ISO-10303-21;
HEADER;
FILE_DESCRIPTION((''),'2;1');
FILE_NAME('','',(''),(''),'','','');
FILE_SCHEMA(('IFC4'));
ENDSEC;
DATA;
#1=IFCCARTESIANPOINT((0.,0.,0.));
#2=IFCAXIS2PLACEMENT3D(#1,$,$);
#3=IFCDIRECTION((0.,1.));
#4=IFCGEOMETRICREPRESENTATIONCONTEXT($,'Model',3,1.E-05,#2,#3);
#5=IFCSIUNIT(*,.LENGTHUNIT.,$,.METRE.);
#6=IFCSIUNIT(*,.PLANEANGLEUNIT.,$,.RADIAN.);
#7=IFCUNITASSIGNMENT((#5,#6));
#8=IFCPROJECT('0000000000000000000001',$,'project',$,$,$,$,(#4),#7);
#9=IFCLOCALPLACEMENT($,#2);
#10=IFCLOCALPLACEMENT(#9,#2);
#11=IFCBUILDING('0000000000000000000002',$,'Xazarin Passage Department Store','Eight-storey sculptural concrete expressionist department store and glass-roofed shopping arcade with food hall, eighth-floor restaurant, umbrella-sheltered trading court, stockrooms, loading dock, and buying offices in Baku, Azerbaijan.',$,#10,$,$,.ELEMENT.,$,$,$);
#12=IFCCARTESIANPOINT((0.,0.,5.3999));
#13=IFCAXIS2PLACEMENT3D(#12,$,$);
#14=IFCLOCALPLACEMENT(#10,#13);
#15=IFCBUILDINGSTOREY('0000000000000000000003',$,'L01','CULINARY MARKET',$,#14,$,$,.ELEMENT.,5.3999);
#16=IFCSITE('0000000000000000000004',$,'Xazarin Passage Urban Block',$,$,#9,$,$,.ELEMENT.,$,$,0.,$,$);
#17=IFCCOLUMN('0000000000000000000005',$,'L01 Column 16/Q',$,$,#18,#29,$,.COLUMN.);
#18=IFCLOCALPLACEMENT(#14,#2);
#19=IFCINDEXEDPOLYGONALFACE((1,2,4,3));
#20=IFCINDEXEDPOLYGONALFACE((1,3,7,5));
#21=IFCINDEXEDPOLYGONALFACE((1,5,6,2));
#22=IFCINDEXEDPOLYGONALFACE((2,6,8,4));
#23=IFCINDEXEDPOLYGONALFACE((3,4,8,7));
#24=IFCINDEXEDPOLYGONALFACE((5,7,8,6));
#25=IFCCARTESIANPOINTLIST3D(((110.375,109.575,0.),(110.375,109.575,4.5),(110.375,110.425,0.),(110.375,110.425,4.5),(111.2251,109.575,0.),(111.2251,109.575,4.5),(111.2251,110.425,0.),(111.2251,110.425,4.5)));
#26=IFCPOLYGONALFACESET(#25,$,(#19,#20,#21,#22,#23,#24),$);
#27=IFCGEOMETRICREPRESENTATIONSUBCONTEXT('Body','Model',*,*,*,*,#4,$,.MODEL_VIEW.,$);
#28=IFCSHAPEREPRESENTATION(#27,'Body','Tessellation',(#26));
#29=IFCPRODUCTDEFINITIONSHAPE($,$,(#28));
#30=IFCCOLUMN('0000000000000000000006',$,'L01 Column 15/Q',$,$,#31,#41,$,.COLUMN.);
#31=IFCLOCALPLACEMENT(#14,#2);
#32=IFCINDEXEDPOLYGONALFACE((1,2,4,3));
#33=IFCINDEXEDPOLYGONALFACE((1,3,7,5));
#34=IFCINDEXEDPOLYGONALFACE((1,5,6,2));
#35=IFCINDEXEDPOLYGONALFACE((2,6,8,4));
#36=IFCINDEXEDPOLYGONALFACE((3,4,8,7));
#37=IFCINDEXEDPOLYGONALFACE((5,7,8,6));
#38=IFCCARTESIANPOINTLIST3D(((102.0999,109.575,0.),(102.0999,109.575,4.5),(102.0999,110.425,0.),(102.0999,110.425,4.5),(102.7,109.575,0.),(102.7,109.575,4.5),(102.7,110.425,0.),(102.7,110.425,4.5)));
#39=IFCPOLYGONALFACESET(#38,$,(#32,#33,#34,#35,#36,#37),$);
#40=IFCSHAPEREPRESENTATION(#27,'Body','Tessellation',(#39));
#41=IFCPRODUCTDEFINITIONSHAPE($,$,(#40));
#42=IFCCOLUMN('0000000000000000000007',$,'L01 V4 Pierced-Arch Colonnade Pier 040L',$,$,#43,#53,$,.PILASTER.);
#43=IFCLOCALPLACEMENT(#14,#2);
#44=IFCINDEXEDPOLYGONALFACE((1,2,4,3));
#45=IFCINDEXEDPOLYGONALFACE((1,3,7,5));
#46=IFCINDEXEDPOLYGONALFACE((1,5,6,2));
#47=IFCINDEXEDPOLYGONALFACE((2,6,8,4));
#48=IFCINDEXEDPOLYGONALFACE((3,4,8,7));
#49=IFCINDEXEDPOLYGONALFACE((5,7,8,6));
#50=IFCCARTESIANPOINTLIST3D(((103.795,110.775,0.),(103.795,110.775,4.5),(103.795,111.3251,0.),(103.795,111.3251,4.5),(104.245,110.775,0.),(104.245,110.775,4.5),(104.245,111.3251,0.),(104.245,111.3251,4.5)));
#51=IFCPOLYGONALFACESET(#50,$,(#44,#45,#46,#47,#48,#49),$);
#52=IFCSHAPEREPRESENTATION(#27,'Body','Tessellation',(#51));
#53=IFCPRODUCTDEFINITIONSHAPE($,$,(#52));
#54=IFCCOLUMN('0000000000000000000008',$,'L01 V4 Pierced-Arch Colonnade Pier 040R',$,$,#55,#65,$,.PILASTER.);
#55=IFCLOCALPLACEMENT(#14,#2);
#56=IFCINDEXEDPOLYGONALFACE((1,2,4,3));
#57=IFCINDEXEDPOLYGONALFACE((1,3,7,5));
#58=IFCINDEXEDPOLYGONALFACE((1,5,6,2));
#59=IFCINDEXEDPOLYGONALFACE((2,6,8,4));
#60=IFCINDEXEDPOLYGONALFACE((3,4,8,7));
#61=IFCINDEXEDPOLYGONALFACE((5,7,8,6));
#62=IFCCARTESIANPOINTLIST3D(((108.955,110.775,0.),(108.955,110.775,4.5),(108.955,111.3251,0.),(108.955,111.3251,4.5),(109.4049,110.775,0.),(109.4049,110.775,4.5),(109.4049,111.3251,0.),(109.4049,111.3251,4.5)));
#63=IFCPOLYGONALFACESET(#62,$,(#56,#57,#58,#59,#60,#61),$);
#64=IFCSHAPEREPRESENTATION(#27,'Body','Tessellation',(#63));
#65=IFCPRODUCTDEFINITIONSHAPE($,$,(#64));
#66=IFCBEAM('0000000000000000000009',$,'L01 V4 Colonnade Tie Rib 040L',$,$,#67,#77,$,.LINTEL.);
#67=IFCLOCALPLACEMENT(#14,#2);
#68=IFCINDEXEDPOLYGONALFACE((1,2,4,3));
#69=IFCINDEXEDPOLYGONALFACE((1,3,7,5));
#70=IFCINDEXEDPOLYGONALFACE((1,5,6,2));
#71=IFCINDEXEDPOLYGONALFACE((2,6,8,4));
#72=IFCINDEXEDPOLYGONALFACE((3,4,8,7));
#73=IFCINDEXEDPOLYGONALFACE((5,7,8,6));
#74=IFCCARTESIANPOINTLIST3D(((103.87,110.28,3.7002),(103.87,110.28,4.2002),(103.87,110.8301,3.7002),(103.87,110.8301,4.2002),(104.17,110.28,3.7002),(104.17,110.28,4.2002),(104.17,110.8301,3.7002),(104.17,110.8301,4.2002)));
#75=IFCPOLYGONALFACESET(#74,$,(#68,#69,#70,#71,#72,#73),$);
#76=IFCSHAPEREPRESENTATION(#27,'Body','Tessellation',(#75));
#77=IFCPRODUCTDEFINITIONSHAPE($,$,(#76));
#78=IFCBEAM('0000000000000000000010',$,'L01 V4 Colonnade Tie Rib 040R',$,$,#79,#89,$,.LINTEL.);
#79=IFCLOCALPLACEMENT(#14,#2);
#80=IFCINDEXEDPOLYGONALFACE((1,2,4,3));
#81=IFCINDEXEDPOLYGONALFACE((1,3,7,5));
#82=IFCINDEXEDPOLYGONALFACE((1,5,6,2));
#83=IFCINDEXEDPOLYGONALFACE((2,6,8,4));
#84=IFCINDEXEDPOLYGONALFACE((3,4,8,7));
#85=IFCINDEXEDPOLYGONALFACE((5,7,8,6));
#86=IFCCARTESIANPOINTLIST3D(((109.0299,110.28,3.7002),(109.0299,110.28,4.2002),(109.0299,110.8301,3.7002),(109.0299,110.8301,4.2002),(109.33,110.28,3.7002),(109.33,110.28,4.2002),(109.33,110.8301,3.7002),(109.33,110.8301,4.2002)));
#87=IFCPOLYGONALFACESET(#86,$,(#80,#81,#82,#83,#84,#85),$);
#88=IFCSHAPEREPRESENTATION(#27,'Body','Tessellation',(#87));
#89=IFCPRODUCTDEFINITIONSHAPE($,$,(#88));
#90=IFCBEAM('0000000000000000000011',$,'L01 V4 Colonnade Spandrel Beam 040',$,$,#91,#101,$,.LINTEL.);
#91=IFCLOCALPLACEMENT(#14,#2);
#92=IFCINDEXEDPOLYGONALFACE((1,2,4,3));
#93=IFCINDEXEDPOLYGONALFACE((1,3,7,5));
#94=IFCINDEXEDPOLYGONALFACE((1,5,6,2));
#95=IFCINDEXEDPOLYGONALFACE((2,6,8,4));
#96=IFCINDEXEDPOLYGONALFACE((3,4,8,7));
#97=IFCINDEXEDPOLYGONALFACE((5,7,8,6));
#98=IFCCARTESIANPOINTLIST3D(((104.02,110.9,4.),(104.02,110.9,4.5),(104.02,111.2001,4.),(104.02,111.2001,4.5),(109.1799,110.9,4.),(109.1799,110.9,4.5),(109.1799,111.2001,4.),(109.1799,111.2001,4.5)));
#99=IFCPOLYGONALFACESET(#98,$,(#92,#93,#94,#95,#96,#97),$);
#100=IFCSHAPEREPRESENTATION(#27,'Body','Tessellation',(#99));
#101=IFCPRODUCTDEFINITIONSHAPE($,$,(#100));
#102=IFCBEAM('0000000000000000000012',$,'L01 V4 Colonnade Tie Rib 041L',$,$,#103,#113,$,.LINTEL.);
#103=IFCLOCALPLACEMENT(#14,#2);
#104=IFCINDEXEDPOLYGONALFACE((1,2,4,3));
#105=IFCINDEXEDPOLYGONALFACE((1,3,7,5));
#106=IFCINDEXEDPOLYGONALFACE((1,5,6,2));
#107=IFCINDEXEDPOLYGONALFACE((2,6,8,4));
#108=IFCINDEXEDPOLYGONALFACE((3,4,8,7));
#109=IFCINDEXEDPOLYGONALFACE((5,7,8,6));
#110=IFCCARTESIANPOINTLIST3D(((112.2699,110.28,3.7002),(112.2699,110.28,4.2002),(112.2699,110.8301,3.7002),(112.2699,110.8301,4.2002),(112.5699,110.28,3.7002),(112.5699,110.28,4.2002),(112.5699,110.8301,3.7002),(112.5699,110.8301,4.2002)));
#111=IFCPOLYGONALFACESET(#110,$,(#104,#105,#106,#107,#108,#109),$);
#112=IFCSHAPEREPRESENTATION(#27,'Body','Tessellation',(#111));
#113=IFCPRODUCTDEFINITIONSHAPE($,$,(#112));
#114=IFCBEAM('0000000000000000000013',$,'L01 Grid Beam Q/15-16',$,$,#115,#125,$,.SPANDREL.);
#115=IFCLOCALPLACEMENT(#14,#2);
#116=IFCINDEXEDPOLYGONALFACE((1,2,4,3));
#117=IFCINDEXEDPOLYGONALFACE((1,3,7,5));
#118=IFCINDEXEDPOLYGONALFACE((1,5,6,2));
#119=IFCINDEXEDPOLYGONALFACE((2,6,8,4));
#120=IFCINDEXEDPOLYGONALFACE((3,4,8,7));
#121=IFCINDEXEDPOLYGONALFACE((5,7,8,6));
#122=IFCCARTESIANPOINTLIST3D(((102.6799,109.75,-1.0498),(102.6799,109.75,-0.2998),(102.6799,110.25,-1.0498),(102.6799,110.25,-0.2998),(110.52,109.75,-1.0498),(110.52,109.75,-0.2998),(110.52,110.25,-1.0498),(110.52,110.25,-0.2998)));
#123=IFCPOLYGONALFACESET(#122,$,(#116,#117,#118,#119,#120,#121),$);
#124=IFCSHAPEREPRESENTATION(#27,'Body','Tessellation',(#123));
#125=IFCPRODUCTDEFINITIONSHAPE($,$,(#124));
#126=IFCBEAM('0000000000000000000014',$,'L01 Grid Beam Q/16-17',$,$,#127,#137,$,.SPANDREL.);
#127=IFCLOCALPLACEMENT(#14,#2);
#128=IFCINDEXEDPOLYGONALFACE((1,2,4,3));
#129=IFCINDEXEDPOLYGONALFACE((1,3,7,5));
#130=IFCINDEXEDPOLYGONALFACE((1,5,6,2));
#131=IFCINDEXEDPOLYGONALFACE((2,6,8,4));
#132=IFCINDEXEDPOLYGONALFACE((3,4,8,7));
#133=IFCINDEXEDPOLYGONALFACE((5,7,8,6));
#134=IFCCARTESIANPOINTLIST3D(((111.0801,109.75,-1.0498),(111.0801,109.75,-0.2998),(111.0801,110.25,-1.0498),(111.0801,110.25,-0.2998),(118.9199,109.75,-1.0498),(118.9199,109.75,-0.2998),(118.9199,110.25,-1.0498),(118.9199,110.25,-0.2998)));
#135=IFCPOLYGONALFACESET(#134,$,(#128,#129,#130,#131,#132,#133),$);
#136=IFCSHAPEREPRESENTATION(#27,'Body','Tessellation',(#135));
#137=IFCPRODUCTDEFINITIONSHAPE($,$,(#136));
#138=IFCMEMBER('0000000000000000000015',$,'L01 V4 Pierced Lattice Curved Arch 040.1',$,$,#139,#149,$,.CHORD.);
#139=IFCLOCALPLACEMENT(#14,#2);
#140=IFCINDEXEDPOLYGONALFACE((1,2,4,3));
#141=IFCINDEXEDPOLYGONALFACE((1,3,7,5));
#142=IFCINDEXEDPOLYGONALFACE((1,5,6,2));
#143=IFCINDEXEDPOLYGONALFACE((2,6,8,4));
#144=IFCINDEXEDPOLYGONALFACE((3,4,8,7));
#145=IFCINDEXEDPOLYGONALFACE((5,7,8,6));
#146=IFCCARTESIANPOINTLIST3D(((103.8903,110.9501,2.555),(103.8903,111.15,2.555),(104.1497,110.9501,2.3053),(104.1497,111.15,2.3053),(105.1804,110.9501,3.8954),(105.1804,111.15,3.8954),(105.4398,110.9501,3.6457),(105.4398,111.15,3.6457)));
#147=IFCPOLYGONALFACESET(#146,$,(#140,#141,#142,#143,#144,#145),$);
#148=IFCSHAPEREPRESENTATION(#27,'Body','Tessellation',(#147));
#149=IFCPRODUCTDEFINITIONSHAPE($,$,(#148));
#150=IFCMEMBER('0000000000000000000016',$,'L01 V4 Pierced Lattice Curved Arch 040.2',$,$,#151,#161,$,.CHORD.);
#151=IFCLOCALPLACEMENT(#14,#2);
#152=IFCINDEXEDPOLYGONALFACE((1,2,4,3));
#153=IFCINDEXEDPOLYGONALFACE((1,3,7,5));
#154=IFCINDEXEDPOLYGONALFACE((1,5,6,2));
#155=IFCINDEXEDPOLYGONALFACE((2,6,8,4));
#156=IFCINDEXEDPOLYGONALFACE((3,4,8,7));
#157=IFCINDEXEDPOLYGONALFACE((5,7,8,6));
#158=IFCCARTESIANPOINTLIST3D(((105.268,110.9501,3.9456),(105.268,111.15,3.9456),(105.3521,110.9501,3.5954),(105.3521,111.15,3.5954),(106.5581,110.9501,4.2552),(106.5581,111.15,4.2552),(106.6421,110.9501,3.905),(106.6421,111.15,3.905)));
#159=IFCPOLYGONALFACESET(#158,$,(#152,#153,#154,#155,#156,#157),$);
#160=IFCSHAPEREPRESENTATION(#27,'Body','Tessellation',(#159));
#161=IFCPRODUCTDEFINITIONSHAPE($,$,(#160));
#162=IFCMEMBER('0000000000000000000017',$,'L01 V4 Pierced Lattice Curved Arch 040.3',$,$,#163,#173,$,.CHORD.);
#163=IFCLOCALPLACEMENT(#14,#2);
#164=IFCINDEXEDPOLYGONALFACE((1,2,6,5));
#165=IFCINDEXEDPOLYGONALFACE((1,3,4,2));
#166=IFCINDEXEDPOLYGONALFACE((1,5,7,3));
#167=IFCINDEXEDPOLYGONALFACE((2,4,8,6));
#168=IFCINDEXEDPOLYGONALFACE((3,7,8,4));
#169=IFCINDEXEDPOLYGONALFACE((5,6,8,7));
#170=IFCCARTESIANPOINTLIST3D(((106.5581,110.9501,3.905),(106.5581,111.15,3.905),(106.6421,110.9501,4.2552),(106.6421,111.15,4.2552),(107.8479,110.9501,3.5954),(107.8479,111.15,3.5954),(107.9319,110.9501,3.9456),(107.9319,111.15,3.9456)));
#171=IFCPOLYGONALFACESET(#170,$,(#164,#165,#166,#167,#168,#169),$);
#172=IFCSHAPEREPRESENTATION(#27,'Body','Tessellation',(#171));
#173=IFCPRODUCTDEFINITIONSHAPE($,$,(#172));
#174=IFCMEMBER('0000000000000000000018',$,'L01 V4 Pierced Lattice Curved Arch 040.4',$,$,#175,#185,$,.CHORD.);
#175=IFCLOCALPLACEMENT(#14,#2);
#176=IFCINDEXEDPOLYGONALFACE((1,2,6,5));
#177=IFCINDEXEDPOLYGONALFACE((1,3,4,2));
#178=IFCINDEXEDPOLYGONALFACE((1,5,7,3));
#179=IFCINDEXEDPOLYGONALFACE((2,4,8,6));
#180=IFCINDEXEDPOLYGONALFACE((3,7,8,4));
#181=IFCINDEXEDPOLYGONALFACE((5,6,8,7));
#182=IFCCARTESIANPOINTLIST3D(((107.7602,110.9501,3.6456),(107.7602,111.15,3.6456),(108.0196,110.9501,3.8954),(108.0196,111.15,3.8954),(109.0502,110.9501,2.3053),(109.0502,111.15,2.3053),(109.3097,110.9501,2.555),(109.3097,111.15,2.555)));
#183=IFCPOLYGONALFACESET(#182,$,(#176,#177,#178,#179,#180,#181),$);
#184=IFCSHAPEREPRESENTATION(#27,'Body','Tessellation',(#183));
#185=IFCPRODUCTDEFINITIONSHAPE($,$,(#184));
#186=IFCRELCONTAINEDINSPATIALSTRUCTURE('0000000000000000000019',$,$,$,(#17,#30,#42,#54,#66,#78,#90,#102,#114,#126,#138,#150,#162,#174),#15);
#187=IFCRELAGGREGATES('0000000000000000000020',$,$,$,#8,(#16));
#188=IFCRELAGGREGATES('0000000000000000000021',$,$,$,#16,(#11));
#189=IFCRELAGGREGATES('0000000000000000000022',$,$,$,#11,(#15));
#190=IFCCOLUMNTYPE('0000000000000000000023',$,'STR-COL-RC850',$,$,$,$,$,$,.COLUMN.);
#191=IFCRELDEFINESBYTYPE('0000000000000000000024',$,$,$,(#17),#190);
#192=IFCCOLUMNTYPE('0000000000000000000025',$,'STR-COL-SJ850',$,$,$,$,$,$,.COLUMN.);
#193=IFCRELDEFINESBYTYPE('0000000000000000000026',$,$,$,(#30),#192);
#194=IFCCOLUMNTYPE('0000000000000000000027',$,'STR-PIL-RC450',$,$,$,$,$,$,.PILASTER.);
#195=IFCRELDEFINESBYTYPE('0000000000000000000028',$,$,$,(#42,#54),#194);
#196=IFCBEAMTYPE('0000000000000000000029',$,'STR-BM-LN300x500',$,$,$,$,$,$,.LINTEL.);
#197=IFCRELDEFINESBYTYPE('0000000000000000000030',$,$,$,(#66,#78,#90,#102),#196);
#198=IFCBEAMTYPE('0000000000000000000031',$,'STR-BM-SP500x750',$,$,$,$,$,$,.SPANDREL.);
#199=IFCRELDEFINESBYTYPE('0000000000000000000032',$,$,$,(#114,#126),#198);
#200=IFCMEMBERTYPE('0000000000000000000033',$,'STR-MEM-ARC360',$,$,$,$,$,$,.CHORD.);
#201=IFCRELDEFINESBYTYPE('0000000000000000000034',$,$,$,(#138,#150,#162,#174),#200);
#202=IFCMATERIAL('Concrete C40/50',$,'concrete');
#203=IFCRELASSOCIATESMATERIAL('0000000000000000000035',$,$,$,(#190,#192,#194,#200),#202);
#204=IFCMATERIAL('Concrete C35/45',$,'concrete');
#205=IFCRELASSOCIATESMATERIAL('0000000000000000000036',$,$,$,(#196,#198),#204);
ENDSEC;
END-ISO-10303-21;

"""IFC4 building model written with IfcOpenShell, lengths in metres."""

from ifc_helpers import new_model, si_unit, direction, frame, origin, origin_2d, place, context, subcontext, project, spatial, rectangle, extrude, material, material_profile, profile_set, type_object, element, save


model = new_model("IFC4")

# Units and contexts
model_context = context("Model", 3, precision=1e-05, world=origin(), true_north=direction((0.0, 1.0)))
body_context = subcontext(model_context, "Body", "Model", "MODEL_VIEW")
ifc_project = project(units=[si_unit("LENGTHUNIT", "METRE"), si_unit("PLANEANGLEUNIT", "RADIAN")], contexts=[model_context])

# Site, building, storey
site_placement = place(None, origin())
site = spatial("IfcSite", under=ifc_project, at=site_placement, Name="Xazarin Passage Urban Block", CompositionType="ELEMENT", RefElevation=0.0)
building_placement = place(site_placement, origin())
building = spatial("IfcBuilding", under=site, at=building_placement, Name="Xazarin Passage Department Store", Description="Eight-storey sculptural concrete expressionist department store and glass-roofed shopping arcade with food hall, eighth-floor restaurant, umbrella-sheltered trading court, stockrooms, loading dock, and buying offices in Baku, Azerbaijan.", CompositionType="ELEMENT")
storey_placement = place(building_placement, frame((0.0, 0.0, 5.3999)))
storey = spatial("IfcBuildingStorey", under=building, at=storey_placement, Name="L01", Description="CULINARY MARKET", CompositionType="ELEMENT", Elevation=5.3999)

# Columns
ifc_material_1 = material(Name="Concrete C40/50", Category="concrete")
ifc_material_profile_1 = material_profile(ifc_material_1, rectangle(XDim=0.8501, YDim=0.8501, at=origin_2d()), Name="RC 850x850")
ifc_profile_set_1 = profile_set([ifc_material_profile_1], Name="Concrete C40/50")
column_type_1 = type_object("IfcColumnType", Name="STR-COL-RC850", PredefinedType="COLUMN", material=ifc_profile_set_1)
column_1_placement = place(storey_placement, frame((110.8, 110.0, 0.0), z_axis=(0.0, 0.0, 1.0), x_axis=(1.0, 0.0, 0.0)))
element("IfcColumn", 1, at=column_1_placement, inside=storey, type_object=column_type_1, Name="L01 Column 16/Q", PredefinedType="COLUMN", context=body_context, shape_type="SweptSolid", body=[
    extrude(rectangle(XDim=0.8501, YDim=0.8501, at=origin_2d()), origin(), (0.0, 0.0, 1.0), 4.5),
])
ifc_material_profile_2 = material_profile(ifc_material_1, rectangle(XDim=0.6001, YDim=0.8501, at=origin_2d()), Name="RC 600x850")
ifc_profile_set_2 = profile_set([ifc_material_profile_2], Name="Concrete C40/50")
column_type_2 = type_object("IfcColumnType", Name="STR-COL-SJ850", PredefinedType="COLUMN", material=ifc_profile_set_2)
column_2_placement = place(storey_placement, frame((102.3999, 110.0, 0.0), z_axis=(0.0, 0.0, 1.0), x_axis=(1.0, 0.0, 0.0)))
element("IfcColumn", 2, at=column_2_placement, inside=storey, type_object=column_type_2, Name="L01 Column 15/Q", PredefinedType="COLUMN", context=body_context, shape_type="SweptSolid", body=[
    extrude(rectangle(XDim=0.6001, YDim=0.8501, at=origin_2d()), origin(), (0.0, 0.0, 1.0), 4.5),
])
ifc_material_profile_3 = material_profile(ifc_material_1, rectangle(XDim=0.45, YDim=0.55, at=origin_2d()), Name="RC 450x550")
ifc_profile_set_3 = profile_set([ifc_material_profile_3], Name="Concrete C40/50")
column_type_3 = type_object("IfcColumnType", Name="STR-PIL-RC450", PredefinedType="PILASTER", material=ifc_profile_set_3)
for number, where, z_axis, x_axis, name in (
    (3, (104.02, 111.05, 0.0), (0.0, 0.0, 1.0), (1.0, 0.0, 0.0), "L01 V4 Pierced-Arch Colonnade Pier 040L"),
    (4, (109.1799, 111.05, 0.0), (0.0, 0.0, 1.0), (1.0, 0.0, 0.0), "L01 V4 Pierced-Arch Colonnade Pier 040R"),
):
    element("IfcColumn", number, at=place(storey_placement, frame(where, z_axis=z_axis, x_axis=x_axis)), inside=storey, type_object=column_type_3, Name=name, PredefinedType="PILASTER", context=body_context, shape_type="SweptSolid", body=[
        extrude(rectangle(XDim=0.45, YDim=0.55, at=origin_2d()), origin(), (0.0, 0.0, 1.0), 4.5),
    ])

# Beams
ifc_material_2 = material(Name="Concrete C35/45", Category="concrete")
ifc_material_profile_4 = material_profile(ifc_material_2, rectangle(XDim=0.3, YDim=0.5, at=origin_2d()), Name="RC 300x500")
ifc_profile_set_4 = profile_set([ifc_material_profile_4], Name="Concrete C35/45")
beam_type_1 = type_object("IfcBeamType", Name="STR-BM-LN300x500", PredefinedType="LINTEL", material=ifc_profile_set_4)
for number, where, z_axis, x_axis, name in (
    (5, (104.02, 110.28, 3.9502), (0.0, 1.0, 0.0), (-1.0, 0.0, 0.0), "L01 V4 Colonnade Tie Rib 040L"),
    (6, (109.1799, 110.28, 3.9502), (0.0, 1.0, 0.0), (-1.0, 0.0, 0.0), "L01 V4 Colonnade Tie Rib 040R"),
):
    element("IfcBeam", number, at=place(storey_placement, frame(where, z_axis=z_axis, x_axis=x_axis)), inside=storey, type_object=beam_type_1, Name=name, PredefinedType="LINTEL", context=body_context, shape_type="SweptSolid", body=[
        extrude(rectangle(XDim=0.3, YDim=0.5, at=origin_2d()), origin(), (0.0, 0.0, 1.0), 0.55),
    ])
beam_1_placement = place(storey_placement, frame((104.02, 111.05, 4.25), z_axis=(1.0, 0.0, 0.0), x_axis=(0.0, 1.0, 0.0)))
element("IfcBeam", 7, at=beam_1_placement, inside=storey, type_object=beam_type_1, Name="L01 V4 Colonnade Spandrel Beam 040", PredefinedType="LINTEL", context=body_context, shape_type="SweptSolid", body=[
    extrude(rectangle(XDim=0.3, YDim=0.5, at=origin_2d()), origin(), (0.0, 0.0, 1.0), 5.1599),
])
beam_2_placement = place(storey_placement, frame((112.4199, 110.28, 3.9502), z_axis=(0.0, 1.0, 0.0), x_axis=(-1.0, 0.0, 0.0)))
element("IfcBeam", 8, at=beam_2_placement, inside=storey, type_object=beam_type_1, Name="L01 V4 Colonnade Tie Rib 041L", PredefinedType="LINTEL", context=body_context, shape_type="SweptSolid", body=[
    extrude(rectangle(XDim=0.3, YDim=0.5, at=origin_2d()), origin(), (0.0, 0.0, 1.0), 0.55),
])
ifc_material_profile_5 = material_profile(ifc_material_2, rectangle(XDim=0.5, YDim=0.75, at=origin_2d()), Name="RC 500x750")
ifc_profile_set_5 = profile_set([ifc_material_profile_5], Name="Concrete C35/45")
beam_type_2 = type_object("IfcBeamType", Name="STR-BM-SP500x750", PredefinedType="SPANDREL", material=ifc_profile_set_5)
beam_3_placement = place(storey_placement, frame((102.6799, 110.0, -0.6748), z_axis=(1.0, 0.0, 0.0), x_axis=(0.0, 1.0, 0.0)))
element("IfcBeam", 9, at=beam_3_placement, inside=storey, type_object=beam_type_2, Name="L01 Grid Beam Q/15-16", PredefinedType="SPANDREL", context=body_context, shape_type="SweptSolid", body=[
    extrude(rectangle(XDim=0.5, YDim=0.75, at=origin_2d()), origin(), (0.0, 0.0, 1.0), 7.8401),
])
beam_4_placement = place(storey_placement, frame((111.0801, 110.0, -0.6748), z_axis=(1.0, 0.0, 0.0), x_axis=(0.0, 1.0, 0.0)))
element("IfcBeam", 10, at=beam_4_placement, inside=storey, type_object=beam_type_2, Name="L01 Grid Beam Q/16-17", PredefinedType="SPANDREL", context=body_context, shape_type="SweptSolid", body=[
    extrude(rectangle(XDim=0.5, YDim=0.75, at=origin_2d()), origin(), (0.0, 0.0, 1.0), 7.8398),
])

# Members
ifc_material_profile_6 = material_profile(ifc_material_1, rectangle(XDim=0.2, YDim=0.3601, at=origin_2d()), Name="RC 200x360")
ifc_profile_set_6 = profile_set([ifc_material_profile_6], Name="Concrete C40/50")
member_type = type_object("IfcMemberType", Name="STR-MEM-ARC360", PredefinedType="CHORD", material=ifc_profile_set_6)
member_1_placement = place(storey_placement, frame((104.02, 111.05, 2.4302), z_axis=(0.69346, 0.0, 0.720495), x_axis=(0.0, 1.0, 0.0)))
element("IfcMember", 11, at=member_1_placement, inside=storey, type_object=member_type, Name="L01 V4 Pierced Lattice Curved Arch 040.1", PredefinedType="CHORD", context=body_context, shape_type="SweptSolid", body=[
    extrude(rectangle(XDim=0.2, YDim=0.3601, at=origin_2d()), origin(), (0.0, 0.0, 1.0), 1.8604),
])
member_2_placement = place(storey_placement, frame((105.3101, 111.05, 3.7705), z_axis=(0.972394, 0.0, 0.233345), x_axis=(0.0, 1.0, 0.0)))
element("IfcMember", 12, at=member_2_placement, inside=storey, type_object=member_type, Name="L01 V4 Pierced Lattice Curved Arch 040.2", PredefinedType="CHORD", context=body_context, shape_type="SweptSolid", body=[
    extrude(rectangle(XDim=0.2, YDim=0.3601, at=origin_2d()), origin(), (0.0, 0.0, 1.0), 1.3267),
])
member_3_placement = place(storey_placement, frame((106.6001, 111.05, 4.0801), z_axis=(0.972384, 0.0, -0.233387), x_axis=(0.0, 1.0, 0.0)))
element("IfcMember", 13, at=member_3_placement, inside=storey, type_object=member_type, Name="L01 V4 Pierced Lattice Curved Arch 040.3", PredefinedType="CHORD", context=body_context, shape_type="SweptSolid", body=[
    extrude(rectangle(XDim=0.2, YDim=0.3601, at=origin_2d()), origin(), (0.0, 0.0, 1.0), 1.3264),
])
member_4_placement = place(storey_placement, frame((107.8899, 111.05, 3.7705), z_axis=(0.69346, 0.0, -0.720495), x_axis=(0.0, 1.0, 0.0)))
element("IfcMember", 14, at=member_4_placement, inside=storey, type_object=member_type, Name="L01 V4 Pierced Lattice Curved Arch 040.4", PredefinedType="CHORD", context=body_context, shape_type="SweptSolid", body=[
    extrude(rectangle(XDim=0.2, YDim=0.3601, at=origin_2d()), origin(), (0.0, 0.0, 1.0), 1.8604),
])

save(model, "model.ifc")
